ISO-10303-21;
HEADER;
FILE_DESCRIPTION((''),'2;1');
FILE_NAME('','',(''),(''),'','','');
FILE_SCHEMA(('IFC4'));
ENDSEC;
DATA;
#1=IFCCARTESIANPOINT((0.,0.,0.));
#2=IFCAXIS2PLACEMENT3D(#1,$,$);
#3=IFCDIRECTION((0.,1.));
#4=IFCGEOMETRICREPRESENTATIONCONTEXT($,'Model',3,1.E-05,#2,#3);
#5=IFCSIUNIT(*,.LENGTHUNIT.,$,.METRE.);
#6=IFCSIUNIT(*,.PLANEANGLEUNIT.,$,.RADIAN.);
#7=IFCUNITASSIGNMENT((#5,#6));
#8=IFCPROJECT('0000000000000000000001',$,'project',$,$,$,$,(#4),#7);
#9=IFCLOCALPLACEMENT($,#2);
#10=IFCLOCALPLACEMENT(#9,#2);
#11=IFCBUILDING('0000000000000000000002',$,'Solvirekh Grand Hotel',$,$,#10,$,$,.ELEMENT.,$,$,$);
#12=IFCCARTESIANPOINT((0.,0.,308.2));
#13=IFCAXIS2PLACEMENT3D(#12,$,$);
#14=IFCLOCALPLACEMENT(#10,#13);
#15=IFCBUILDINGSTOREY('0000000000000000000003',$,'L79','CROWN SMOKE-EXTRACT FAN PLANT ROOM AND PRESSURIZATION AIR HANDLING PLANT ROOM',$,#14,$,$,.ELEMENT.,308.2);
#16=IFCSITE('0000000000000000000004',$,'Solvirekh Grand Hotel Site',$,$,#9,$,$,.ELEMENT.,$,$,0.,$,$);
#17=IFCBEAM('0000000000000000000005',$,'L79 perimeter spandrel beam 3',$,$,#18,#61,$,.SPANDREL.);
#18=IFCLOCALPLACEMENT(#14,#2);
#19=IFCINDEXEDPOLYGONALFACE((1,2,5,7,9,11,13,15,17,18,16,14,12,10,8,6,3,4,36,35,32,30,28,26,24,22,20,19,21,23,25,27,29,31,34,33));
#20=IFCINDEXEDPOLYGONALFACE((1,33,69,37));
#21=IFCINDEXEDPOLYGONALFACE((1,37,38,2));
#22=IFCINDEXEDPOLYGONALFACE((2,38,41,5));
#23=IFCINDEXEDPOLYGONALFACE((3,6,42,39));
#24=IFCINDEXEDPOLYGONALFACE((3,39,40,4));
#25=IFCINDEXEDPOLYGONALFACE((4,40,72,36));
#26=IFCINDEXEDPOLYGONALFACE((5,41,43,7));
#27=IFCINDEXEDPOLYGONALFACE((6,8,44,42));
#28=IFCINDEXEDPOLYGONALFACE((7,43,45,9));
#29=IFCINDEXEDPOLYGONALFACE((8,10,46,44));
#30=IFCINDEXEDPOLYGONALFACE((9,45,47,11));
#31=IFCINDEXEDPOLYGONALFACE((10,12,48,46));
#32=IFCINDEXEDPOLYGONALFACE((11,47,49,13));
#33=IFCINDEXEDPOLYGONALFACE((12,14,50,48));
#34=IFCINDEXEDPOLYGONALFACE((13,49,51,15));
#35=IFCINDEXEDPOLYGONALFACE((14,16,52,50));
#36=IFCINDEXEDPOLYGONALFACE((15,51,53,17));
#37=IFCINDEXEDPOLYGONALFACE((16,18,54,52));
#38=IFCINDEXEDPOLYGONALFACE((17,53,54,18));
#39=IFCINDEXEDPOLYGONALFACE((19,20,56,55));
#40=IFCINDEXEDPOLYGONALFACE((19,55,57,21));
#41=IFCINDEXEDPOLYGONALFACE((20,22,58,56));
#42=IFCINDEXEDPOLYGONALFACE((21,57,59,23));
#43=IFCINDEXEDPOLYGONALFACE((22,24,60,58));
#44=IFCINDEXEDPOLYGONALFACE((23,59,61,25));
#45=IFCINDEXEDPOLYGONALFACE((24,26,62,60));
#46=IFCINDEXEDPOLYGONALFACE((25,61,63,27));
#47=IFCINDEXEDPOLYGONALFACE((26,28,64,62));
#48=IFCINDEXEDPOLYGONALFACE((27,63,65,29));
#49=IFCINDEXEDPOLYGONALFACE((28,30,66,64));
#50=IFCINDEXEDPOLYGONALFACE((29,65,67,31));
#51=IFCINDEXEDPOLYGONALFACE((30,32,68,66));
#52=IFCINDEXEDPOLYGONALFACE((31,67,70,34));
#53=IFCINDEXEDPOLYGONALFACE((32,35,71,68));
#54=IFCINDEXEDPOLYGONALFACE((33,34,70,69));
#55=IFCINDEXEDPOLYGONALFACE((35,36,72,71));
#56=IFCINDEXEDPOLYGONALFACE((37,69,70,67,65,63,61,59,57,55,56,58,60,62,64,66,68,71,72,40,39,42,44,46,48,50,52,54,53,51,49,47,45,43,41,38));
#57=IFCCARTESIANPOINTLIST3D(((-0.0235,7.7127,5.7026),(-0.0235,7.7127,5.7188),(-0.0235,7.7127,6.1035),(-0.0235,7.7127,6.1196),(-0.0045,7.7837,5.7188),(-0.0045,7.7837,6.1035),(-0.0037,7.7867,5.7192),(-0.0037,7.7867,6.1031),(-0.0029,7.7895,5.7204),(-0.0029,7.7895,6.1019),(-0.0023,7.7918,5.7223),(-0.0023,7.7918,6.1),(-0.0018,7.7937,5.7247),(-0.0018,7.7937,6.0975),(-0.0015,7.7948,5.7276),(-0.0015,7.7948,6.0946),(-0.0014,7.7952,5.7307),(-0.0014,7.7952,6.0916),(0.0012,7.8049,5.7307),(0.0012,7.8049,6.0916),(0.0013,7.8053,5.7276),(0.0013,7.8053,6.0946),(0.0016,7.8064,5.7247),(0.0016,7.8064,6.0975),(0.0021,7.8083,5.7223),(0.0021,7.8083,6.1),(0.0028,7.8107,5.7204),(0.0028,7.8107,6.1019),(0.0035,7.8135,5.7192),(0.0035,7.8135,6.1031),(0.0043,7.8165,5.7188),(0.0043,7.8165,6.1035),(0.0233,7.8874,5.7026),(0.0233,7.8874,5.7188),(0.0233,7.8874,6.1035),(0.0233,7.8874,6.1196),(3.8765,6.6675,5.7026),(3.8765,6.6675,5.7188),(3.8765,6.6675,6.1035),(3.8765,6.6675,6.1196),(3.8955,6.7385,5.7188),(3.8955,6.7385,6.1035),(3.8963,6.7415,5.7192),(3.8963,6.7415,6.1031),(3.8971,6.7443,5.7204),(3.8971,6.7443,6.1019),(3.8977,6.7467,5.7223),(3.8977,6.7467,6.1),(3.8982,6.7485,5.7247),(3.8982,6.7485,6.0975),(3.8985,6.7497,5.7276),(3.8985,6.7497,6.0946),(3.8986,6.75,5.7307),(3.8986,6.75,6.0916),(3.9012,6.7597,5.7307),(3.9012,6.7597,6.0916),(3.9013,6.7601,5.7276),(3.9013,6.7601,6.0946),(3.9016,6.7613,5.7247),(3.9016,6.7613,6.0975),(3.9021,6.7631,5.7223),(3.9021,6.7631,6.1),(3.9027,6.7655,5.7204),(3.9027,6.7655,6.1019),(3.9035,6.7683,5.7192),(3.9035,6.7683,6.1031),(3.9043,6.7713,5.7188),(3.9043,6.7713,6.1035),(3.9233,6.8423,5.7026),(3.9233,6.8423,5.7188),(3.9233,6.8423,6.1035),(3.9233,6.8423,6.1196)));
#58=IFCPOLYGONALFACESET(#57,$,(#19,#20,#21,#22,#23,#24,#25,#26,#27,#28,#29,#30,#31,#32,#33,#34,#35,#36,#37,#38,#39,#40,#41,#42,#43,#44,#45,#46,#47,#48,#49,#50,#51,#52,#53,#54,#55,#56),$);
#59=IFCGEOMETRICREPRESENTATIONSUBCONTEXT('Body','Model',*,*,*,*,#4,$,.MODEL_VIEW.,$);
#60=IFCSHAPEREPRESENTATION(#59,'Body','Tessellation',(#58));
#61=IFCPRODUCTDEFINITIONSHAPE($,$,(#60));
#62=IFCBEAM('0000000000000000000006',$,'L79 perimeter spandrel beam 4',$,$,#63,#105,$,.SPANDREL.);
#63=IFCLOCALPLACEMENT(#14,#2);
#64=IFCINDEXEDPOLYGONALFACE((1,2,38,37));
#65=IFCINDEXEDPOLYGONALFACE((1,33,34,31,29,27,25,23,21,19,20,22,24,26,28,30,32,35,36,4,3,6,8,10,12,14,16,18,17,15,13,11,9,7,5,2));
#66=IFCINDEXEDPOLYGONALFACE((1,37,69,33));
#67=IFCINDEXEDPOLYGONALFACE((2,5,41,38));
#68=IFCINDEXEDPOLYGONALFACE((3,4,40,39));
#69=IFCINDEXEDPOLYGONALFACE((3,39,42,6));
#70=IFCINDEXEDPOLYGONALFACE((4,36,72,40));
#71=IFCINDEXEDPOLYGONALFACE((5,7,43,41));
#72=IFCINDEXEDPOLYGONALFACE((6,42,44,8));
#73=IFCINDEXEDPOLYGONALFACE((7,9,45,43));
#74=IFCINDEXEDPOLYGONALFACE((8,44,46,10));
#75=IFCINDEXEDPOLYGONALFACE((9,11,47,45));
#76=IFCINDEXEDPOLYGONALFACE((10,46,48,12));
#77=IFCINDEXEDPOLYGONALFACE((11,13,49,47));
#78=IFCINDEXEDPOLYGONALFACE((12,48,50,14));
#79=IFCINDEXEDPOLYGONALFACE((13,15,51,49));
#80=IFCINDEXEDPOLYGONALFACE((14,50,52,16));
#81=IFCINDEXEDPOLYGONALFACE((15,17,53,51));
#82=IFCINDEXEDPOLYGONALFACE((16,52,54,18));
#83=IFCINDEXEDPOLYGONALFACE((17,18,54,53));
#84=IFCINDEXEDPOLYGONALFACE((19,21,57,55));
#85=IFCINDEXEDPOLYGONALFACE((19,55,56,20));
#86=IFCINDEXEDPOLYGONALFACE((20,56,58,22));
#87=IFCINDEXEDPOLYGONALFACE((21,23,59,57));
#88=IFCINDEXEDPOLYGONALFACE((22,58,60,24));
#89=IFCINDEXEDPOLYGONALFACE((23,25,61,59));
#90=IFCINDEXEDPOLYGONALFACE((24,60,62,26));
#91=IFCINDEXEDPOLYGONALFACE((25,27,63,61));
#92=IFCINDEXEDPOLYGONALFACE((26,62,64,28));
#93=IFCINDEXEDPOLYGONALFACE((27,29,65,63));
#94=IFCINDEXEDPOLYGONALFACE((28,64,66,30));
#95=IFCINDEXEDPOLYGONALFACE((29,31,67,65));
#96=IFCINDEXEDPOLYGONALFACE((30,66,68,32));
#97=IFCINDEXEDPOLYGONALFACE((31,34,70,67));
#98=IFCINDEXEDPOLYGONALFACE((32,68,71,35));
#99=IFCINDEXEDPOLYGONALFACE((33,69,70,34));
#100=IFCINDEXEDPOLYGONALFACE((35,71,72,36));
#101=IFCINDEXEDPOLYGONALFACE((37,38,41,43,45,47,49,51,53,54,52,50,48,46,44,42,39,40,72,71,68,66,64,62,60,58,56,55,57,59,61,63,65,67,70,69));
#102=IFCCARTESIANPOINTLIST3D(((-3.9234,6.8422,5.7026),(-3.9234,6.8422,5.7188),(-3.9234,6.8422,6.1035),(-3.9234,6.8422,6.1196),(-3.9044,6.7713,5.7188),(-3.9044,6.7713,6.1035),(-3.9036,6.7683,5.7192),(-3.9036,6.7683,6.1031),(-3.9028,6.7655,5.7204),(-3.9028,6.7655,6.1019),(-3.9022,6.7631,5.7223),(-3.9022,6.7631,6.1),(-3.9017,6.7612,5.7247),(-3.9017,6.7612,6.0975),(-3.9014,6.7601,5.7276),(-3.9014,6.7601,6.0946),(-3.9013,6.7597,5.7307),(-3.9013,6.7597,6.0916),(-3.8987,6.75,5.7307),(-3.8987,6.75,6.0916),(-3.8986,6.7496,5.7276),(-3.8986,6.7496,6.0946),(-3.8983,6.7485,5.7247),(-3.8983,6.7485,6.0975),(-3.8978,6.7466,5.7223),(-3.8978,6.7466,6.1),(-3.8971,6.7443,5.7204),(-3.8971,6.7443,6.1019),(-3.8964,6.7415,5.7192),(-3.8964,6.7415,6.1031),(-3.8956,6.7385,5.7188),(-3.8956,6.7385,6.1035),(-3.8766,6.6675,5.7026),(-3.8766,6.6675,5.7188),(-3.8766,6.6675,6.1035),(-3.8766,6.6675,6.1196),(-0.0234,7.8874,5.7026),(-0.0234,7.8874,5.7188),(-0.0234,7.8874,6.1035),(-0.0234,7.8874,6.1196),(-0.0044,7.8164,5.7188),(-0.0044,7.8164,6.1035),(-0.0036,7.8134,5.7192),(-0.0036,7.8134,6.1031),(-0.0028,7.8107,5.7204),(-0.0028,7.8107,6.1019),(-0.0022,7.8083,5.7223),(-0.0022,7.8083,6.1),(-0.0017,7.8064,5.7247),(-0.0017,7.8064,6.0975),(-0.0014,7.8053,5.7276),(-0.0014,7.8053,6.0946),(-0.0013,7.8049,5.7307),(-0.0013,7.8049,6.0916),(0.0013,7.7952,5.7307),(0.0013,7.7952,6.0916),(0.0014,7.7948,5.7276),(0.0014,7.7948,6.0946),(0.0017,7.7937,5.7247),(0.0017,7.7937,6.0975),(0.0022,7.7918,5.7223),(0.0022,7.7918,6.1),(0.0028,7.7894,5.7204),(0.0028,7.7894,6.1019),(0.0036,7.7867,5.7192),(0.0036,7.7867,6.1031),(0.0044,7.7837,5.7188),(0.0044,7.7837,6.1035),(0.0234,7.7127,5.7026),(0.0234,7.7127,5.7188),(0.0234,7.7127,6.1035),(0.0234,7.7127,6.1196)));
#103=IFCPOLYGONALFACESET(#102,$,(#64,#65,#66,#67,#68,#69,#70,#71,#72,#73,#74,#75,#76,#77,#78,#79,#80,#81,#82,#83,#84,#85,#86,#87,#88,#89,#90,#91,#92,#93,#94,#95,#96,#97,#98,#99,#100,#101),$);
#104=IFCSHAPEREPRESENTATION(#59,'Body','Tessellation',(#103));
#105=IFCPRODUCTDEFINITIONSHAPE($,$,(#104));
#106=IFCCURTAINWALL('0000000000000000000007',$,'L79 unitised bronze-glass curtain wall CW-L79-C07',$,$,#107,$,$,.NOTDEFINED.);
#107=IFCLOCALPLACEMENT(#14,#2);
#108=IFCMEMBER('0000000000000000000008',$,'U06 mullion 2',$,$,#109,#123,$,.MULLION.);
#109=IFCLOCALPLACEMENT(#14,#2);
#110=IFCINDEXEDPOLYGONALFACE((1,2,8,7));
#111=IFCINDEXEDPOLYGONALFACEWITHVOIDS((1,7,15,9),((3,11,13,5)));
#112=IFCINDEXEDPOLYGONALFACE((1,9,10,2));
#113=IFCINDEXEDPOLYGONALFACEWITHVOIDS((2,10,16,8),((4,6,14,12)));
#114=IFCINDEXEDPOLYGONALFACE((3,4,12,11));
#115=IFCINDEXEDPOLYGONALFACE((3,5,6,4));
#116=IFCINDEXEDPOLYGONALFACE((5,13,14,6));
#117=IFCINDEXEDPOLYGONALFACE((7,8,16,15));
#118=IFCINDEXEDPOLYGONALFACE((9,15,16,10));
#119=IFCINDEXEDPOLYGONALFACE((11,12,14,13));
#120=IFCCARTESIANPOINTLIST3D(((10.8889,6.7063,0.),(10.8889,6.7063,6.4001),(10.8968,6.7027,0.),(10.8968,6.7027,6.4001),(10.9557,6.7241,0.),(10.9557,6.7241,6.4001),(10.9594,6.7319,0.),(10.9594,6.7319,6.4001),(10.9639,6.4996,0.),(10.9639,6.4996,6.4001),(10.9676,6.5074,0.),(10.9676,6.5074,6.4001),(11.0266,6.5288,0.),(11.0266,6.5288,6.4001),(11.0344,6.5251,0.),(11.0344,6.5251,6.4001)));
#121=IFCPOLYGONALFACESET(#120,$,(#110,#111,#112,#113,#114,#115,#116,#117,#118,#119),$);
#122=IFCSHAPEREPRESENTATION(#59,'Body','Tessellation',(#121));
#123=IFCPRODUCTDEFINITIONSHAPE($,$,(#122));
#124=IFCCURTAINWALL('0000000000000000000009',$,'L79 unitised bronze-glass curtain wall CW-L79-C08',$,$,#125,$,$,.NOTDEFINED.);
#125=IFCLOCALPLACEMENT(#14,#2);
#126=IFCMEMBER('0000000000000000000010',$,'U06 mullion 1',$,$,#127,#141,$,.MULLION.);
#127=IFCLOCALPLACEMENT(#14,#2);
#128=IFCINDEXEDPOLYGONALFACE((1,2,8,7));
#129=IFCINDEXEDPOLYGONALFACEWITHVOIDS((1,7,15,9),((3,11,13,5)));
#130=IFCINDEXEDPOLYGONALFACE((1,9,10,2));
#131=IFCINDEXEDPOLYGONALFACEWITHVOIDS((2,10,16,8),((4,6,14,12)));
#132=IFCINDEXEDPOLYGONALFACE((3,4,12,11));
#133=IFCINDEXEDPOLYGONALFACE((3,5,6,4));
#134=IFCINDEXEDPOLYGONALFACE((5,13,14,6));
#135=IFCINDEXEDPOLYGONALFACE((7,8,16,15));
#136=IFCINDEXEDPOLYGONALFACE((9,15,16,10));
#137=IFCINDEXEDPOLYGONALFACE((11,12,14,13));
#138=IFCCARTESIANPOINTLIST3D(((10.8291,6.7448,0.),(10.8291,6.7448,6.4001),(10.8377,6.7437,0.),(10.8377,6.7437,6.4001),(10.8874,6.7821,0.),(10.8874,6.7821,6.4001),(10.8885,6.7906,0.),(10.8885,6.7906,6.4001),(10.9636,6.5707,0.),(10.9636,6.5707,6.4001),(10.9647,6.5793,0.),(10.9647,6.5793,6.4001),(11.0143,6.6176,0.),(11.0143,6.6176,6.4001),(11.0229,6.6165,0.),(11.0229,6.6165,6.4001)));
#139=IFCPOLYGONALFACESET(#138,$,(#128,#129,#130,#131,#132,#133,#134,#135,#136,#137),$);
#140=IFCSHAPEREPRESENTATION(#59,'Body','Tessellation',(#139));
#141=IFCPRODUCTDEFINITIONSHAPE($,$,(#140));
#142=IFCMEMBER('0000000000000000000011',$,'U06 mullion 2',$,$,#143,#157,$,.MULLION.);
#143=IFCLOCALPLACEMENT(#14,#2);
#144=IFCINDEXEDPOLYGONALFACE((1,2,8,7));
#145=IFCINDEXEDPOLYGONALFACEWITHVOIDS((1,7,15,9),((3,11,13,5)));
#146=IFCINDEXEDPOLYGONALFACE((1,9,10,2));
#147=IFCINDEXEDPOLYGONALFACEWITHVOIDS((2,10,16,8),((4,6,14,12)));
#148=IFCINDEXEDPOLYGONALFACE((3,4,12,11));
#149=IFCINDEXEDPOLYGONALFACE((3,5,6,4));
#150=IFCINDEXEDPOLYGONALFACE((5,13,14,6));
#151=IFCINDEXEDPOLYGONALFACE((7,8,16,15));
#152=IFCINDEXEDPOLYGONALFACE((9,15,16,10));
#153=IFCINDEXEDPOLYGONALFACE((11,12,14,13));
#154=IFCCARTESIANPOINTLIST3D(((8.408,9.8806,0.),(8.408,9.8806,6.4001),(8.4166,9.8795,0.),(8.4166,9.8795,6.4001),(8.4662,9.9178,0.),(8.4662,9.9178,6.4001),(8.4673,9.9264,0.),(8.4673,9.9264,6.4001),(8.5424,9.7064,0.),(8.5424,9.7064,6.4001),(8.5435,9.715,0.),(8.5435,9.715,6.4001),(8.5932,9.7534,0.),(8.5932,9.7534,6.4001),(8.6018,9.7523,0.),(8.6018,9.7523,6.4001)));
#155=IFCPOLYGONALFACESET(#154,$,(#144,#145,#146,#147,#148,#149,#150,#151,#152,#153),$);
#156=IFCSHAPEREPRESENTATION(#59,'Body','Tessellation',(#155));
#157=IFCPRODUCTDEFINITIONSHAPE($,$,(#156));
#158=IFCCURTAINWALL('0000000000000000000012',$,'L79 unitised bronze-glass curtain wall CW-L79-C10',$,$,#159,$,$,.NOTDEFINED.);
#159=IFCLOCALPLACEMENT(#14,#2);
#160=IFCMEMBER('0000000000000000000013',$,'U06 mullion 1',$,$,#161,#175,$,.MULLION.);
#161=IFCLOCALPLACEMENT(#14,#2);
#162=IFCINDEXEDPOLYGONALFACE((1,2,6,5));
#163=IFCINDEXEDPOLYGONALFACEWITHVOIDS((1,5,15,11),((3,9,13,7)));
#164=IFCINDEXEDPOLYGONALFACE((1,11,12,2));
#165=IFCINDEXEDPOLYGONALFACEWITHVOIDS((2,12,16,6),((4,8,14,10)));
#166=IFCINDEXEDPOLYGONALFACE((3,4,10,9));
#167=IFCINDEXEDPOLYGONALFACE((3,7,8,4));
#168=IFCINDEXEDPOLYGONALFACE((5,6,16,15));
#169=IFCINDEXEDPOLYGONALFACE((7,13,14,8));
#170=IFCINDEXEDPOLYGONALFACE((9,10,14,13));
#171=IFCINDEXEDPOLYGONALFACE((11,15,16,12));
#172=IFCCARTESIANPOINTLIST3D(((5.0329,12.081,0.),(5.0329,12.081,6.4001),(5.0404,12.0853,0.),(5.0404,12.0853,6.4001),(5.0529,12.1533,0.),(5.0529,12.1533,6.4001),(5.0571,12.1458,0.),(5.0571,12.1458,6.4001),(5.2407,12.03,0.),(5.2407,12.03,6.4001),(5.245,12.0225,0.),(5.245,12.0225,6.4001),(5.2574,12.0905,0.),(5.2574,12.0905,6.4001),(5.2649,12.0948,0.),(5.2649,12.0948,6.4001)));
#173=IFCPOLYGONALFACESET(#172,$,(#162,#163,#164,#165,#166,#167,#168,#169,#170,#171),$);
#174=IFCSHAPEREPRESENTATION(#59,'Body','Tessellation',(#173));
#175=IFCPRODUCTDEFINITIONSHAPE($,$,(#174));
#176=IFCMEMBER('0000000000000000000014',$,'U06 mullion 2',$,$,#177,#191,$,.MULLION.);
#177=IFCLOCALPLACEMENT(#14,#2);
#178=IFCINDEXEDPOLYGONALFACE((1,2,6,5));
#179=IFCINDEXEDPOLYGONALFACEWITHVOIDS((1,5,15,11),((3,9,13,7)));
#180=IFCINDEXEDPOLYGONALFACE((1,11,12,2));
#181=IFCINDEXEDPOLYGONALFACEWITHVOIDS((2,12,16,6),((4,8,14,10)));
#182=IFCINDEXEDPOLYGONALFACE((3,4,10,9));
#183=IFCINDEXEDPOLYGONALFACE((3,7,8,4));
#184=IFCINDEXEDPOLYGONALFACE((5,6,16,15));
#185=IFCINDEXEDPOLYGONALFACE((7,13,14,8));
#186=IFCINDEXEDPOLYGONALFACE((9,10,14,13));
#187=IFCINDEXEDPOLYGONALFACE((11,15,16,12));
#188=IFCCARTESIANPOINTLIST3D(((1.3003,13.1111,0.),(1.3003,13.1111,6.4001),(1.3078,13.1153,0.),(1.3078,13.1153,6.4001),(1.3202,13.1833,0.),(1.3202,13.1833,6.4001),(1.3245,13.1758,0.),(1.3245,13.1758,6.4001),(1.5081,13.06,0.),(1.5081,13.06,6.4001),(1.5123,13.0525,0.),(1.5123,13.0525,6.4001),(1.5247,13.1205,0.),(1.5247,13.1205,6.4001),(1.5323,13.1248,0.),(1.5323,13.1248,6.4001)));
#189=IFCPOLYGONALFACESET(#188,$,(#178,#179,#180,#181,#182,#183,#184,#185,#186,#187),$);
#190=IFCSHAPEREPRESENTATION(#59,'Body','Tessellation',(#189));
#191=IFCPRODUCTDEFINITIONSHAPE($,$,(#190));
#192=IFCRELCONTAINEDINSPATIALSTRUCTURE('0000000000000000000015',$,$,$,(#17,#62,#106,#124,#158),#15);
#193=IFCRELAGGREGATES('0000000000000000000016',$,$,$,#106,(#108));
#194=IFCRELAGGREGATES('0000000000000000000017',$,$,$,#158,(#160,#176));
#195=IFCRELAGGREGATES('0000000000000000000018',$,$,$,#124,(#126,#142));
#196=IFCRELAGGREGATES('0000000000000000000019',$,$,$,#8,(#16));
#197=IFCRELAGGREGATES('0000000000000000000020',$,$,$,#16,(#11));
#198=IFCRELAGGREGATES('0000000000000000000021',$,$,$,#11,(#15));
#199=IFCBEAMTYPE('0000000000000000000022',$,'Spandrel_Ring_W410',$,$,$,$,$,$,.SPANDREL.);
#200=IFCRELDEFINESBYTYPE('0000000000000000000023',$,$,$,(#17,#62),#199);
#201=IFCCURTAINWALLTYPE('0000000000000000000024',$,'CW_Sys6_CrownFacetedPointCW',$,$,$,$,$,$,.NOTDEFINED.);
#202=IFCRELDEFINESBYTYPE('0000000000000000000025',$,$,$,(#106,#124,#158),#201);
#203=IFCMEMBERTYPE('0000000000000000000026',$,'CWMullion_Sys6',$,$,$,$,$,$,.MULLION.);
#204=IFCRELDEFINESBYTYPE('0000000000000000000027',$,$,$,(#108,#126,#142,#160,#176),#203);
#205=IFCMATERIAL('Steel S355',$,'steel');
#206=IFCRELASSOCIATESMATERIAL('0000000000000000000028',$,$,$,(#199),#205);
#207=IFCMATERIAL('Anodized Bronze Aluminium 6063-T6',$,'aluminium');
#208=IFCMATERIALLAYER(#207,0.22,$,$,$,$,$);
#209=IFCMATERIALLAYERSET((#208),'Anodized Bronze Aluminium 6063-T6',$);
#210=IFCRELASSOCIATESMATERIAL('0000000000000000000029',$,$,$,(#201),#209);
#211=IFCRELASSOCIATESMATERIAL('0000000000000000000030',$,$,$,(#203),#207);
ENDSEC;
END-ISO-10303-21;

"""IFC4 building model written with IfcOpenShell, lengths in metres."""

from ifc_helpers import new_model, si_unit, direction, frame, origin, origin_2d, place, context, subcontext, project, spatial, hollow_rectangle, i_section, extrude, source, transform, mapped, material, layer, layer_set, material_profile, profile_set, type_object, element, aggregate, save


model = new_model("IFC4")

# Units and contexts
model_context = context("Model", 3, precision=1e-05, world=origin(), true_north=direction((0.0, 1.0)))
body_context = subcontext(model_context, "Body", "Model", "MODEL_VIEW")
ifc_project = project(units=[si_unit("LENGTHUNIT", "METRE"), si_unit("PLANEANGLEUNIT", "RADIAN")], contexts=[model_context])

# Site, building, storey
site_placement = place(None, origin())
site = spatial("IfcSite", under=ifc_project, at=site_placement, Name="Solvirekh Grand Hotel Site", CompositionType="ELEMENT", RefElevation=0.0)
building_placement = place(site_placement, origin())
building = spatial("IfcBuilding", under=site, at=building_placement, Name="Solvirekh Grand Hotel", CompositionType="ELEMENT")
storey_placement = place(building_placement, frame((0.0, 0.0, 308.2)))
storey = spatial("IfcBuildingStorey", under=building, at=storey_placement, Name="L79", Description="CROWN SMOKE-EXTRACT FAN PLANT ROOM AND PRESSURIZATION AIR HANDLING PLANT ROOM", CompositionType="ELEMENT", Elevation=308.2)

# Beams
ifc_material_1 = material(Name="Steel S355", Category="steel")
ifc_material_profile_1 = material_profile(ifc_material_1, i_section(OverallWidth=0.1809, OverallDepth=0.417, WebThickness=0.01, FlangeThickness=0.0161, FilletRadius=0.012, at=origin_2d()), Name="W410X85")
ifc_profile_set_1 = profile_set([ifc_material_profile_1], Name="Steel S355")
beam_type_1 = type_object("IfcBeamType", Name="Spandrel_Ring_W410", PredefinedType="SPANDREL", material=ifc_profile_set_1)
for number, where, z_axis, x_axis, name in (
    (1, (3.8999, 6.7549, 5.9111), (-0.965914, 0.258863, 0.0), (-0.258863, -0.965914, 0.0), "L79 perimeter spandrel beam 3"),
    (2, (0.0, 7.8, 5.9111), (-0.965914, -0.258863, 0.0), (0.258863, -0.965914, 0.0), "L79 perimeter spandrel beam 4"),
):
    element("IfcBeam", number, at=place(storey_placement, frame(where, z_axis=z_axis, x_axis=x_axis)), inside=storey, type_object=beam_type_1, Name=name, PredefinedType="SPANDREL", context=body_context, shape_type="SweptSolid", body=[
        extrude(i_section(OverallWidth=0.1809, OverallDepth=0.417, WebThickness=0.01, FlangeThickness=0.0161, FilletRadius=0.012, at=origin_2d()), origin(), (0.0, 0.0, 1.0), 4.0376),
    ])

# Curtain wall, member
ifc_material_2 = material(Name="Anodized Bronze Aluminium 6063-T6", Category="aluminium")
ifc_layer_1 = layer(ifc_material_2, 0.22)
ifc_layer_set_1 = layer_set([ifc_layer_1], Name="Anodized Bronze Aluminium 6063-T6")
curtain_wall_type = type_object("IfcCurtainWallType", Name="CW_Sys6_CrownFacetedPointCW", PredefinedType="NOTDEFINED", material=ifc_layer_set_1)
curtain_wall_1_placement = place(storey_placement, origin())
curtain_wall_1 = element("IfcCurtainWall", 3, at=curtain_wall_1_placement, inside=storey, type_object=curtain_wall_type, Name="L79 unitised bronze-glass curtain wall CW-L79-C07", PredefinedType="NOTDEFINED")
ifc_material_profile_2 = material_profile(ifc_material_2, hollow_rectangle(XDim=0.075, YDim=0.22, WallThickness=0.0061, at=origin_2d()), Name="ALU RHS 220X75X6")
ifc_profile_set_2 = profile_set([ifc_material_profile_2], Name="Anodized Bronze Aluminium 6063-T6")
member_type_1 = type_object("IfcMemberType", Name="CWMullion_Sys6", PredefinedType="MULLION", material=ifc_profile_set_2)
shared_shape_1 = source(origin(), body_context, "Body", "SweptSolid", [
    extrude(hollow_rectangle(XDim=0.075, YDim=0.22, WallThickness=0.0061, at=origin_2d()), origin(), (0.0, 0.0, 1.0), 6.4001),
])
member_1_placement = place(storey_placement, frame((10.9617, 6.6157, 0.0), z_axis=(0.0, 0.0, 1.0), x_axis=(-0.9401, -0.340899, 0.0)))
member_1 = element("IfcMember", 4, at=member_1_placement, type_object=member_type_1, Name="U06 mullion 2", PredefinedType="MULLION", context=body_context, shape_type="MappedRepresentation", body=[
    mapped(shared_shape_1, transform((0.0, 0.0, 0.0), x_axis=(1.0, 0.0, 0.0), y_axis=(0.0, 1.0, 0.0), z_axis=(0.0, 0.0, 1.0), scale=1.0)),
])
aggregate(curtain_wall_1, [member_1])

# Curtain walls, members
curtain_wall_2_placement = place(storey_placement, origin())
curtain_wall_2 = element("IfcCurtainWall", 5, at=curtain_wall_2_placement, inside=storey, type_object=curtain_wall_type, Name="L79 unitised bronze-glass curtain wall CW-L79-C08", PredefinedType="NOTDEFINED")
member_2_placement = place(storey_placement, frame((10.926, 6.6807, 0.0), z_axis=(0.0, 0.0, 1.0), x_axis=(-0.791508, -0.611158, 0.0)))
member_2 = element("IfcMember", 6, at=member_2_placement, type_object=member_type_1, Name="U06 mullion 1", PredefinedType="MULLION", context=body_context, shape_type="MappedRepresentation", body=[
    mapped(shared_shape_1, transform((0.0, 0.0, 0.0), x_axis=(1.0, 0.0, 0.0), y_axis=(0.0, 1.0, 0.0), z_axis=(0.0, 0.0, 1.0), scale=1.0)),
])
member_3_placement = place(storey_placement, frame((8.5049, 9.8164, 0.0), z_axis=(0.0, 0.0, 1.0), x_axis=(-0.791508, -0.611158, 0.0)))
member_3 = element("IfcMember", 7, at=member_3_placement, type_object=member_type_1, Name="U06 mullion 2", PredefinedType="MULLION", context=body_context, shape_type="MappedRepresentation", body=[
    mapped(shared_shape_1, transform((0.0, 0.0, 0.0), x_axis=(1.0, 0.0, 0.0), y_axis=(0.0, 1.0, 0.0), z_axis=(0.0, 0.0, 1.0), scale=1.0)),
])
curtain_wall_3_placement = place(storey_placement, origin())
curtain_wall_3 = element("IfcCurtainWall", 8, at=curtain_wall_3_placement, inside=storey, type_object=curtain_wall_type, Name="L79 unitised bronze-glass curtain wall CW-L79-C10", PredefinedType="NOTDEFINED")
member_4_placement = place(storey_placement, frame((5.1489, 12.0879, 0.0), z_axis=(0.0, 0.0, 1.0), x_axis=(-0.26601, -0.96397, 0.0)))
member_4 = element("IfcMember", 9, at=member_4_placement, type_object=member_type_1, Name="U06 mullion 1", PredefinedType="MULLION", context=body_context, shape_type="MappedRepresentation", body=[
    mapped(shared_shape_1, transform((0.0, 0.0, 0.0), x_axis=(1.0, 0.0, 0.0), y_axis=(0.0, 1.0, 0.0), z_axis=(0.0, 0.0, 1.0), scale=1.0)),
])
member_5_placement = place(storey_placement, frame((1.4163, 13.1179, 0.0), z_axis=(0.0, 0.0, 1.0), x_axis=(-0.26601, -0.96397, 0.0)))
member_5 = element("IfcMember", 10, at=member_5_placement, type_object=member_type_1, Name="U06 mullion 2", PredefinedType="MULLION", context=body_context, shape_type="MappedRepresentation", body=[
    mapped(shared_shape_1, transform((0.0, 0.0, 0.0), x_axis=(1.0, 0.0, 0.0), y_axis=(0.0, 1.0, 0.0), z_axis=(0.0, 0.0, 1.0), scale=1.0)),
])

aggregate(curtain_wall_3, [member_4, member_5])
aggregate(curtain_wall_2, [member_2, member_3])

save(model, "model.ifc")
